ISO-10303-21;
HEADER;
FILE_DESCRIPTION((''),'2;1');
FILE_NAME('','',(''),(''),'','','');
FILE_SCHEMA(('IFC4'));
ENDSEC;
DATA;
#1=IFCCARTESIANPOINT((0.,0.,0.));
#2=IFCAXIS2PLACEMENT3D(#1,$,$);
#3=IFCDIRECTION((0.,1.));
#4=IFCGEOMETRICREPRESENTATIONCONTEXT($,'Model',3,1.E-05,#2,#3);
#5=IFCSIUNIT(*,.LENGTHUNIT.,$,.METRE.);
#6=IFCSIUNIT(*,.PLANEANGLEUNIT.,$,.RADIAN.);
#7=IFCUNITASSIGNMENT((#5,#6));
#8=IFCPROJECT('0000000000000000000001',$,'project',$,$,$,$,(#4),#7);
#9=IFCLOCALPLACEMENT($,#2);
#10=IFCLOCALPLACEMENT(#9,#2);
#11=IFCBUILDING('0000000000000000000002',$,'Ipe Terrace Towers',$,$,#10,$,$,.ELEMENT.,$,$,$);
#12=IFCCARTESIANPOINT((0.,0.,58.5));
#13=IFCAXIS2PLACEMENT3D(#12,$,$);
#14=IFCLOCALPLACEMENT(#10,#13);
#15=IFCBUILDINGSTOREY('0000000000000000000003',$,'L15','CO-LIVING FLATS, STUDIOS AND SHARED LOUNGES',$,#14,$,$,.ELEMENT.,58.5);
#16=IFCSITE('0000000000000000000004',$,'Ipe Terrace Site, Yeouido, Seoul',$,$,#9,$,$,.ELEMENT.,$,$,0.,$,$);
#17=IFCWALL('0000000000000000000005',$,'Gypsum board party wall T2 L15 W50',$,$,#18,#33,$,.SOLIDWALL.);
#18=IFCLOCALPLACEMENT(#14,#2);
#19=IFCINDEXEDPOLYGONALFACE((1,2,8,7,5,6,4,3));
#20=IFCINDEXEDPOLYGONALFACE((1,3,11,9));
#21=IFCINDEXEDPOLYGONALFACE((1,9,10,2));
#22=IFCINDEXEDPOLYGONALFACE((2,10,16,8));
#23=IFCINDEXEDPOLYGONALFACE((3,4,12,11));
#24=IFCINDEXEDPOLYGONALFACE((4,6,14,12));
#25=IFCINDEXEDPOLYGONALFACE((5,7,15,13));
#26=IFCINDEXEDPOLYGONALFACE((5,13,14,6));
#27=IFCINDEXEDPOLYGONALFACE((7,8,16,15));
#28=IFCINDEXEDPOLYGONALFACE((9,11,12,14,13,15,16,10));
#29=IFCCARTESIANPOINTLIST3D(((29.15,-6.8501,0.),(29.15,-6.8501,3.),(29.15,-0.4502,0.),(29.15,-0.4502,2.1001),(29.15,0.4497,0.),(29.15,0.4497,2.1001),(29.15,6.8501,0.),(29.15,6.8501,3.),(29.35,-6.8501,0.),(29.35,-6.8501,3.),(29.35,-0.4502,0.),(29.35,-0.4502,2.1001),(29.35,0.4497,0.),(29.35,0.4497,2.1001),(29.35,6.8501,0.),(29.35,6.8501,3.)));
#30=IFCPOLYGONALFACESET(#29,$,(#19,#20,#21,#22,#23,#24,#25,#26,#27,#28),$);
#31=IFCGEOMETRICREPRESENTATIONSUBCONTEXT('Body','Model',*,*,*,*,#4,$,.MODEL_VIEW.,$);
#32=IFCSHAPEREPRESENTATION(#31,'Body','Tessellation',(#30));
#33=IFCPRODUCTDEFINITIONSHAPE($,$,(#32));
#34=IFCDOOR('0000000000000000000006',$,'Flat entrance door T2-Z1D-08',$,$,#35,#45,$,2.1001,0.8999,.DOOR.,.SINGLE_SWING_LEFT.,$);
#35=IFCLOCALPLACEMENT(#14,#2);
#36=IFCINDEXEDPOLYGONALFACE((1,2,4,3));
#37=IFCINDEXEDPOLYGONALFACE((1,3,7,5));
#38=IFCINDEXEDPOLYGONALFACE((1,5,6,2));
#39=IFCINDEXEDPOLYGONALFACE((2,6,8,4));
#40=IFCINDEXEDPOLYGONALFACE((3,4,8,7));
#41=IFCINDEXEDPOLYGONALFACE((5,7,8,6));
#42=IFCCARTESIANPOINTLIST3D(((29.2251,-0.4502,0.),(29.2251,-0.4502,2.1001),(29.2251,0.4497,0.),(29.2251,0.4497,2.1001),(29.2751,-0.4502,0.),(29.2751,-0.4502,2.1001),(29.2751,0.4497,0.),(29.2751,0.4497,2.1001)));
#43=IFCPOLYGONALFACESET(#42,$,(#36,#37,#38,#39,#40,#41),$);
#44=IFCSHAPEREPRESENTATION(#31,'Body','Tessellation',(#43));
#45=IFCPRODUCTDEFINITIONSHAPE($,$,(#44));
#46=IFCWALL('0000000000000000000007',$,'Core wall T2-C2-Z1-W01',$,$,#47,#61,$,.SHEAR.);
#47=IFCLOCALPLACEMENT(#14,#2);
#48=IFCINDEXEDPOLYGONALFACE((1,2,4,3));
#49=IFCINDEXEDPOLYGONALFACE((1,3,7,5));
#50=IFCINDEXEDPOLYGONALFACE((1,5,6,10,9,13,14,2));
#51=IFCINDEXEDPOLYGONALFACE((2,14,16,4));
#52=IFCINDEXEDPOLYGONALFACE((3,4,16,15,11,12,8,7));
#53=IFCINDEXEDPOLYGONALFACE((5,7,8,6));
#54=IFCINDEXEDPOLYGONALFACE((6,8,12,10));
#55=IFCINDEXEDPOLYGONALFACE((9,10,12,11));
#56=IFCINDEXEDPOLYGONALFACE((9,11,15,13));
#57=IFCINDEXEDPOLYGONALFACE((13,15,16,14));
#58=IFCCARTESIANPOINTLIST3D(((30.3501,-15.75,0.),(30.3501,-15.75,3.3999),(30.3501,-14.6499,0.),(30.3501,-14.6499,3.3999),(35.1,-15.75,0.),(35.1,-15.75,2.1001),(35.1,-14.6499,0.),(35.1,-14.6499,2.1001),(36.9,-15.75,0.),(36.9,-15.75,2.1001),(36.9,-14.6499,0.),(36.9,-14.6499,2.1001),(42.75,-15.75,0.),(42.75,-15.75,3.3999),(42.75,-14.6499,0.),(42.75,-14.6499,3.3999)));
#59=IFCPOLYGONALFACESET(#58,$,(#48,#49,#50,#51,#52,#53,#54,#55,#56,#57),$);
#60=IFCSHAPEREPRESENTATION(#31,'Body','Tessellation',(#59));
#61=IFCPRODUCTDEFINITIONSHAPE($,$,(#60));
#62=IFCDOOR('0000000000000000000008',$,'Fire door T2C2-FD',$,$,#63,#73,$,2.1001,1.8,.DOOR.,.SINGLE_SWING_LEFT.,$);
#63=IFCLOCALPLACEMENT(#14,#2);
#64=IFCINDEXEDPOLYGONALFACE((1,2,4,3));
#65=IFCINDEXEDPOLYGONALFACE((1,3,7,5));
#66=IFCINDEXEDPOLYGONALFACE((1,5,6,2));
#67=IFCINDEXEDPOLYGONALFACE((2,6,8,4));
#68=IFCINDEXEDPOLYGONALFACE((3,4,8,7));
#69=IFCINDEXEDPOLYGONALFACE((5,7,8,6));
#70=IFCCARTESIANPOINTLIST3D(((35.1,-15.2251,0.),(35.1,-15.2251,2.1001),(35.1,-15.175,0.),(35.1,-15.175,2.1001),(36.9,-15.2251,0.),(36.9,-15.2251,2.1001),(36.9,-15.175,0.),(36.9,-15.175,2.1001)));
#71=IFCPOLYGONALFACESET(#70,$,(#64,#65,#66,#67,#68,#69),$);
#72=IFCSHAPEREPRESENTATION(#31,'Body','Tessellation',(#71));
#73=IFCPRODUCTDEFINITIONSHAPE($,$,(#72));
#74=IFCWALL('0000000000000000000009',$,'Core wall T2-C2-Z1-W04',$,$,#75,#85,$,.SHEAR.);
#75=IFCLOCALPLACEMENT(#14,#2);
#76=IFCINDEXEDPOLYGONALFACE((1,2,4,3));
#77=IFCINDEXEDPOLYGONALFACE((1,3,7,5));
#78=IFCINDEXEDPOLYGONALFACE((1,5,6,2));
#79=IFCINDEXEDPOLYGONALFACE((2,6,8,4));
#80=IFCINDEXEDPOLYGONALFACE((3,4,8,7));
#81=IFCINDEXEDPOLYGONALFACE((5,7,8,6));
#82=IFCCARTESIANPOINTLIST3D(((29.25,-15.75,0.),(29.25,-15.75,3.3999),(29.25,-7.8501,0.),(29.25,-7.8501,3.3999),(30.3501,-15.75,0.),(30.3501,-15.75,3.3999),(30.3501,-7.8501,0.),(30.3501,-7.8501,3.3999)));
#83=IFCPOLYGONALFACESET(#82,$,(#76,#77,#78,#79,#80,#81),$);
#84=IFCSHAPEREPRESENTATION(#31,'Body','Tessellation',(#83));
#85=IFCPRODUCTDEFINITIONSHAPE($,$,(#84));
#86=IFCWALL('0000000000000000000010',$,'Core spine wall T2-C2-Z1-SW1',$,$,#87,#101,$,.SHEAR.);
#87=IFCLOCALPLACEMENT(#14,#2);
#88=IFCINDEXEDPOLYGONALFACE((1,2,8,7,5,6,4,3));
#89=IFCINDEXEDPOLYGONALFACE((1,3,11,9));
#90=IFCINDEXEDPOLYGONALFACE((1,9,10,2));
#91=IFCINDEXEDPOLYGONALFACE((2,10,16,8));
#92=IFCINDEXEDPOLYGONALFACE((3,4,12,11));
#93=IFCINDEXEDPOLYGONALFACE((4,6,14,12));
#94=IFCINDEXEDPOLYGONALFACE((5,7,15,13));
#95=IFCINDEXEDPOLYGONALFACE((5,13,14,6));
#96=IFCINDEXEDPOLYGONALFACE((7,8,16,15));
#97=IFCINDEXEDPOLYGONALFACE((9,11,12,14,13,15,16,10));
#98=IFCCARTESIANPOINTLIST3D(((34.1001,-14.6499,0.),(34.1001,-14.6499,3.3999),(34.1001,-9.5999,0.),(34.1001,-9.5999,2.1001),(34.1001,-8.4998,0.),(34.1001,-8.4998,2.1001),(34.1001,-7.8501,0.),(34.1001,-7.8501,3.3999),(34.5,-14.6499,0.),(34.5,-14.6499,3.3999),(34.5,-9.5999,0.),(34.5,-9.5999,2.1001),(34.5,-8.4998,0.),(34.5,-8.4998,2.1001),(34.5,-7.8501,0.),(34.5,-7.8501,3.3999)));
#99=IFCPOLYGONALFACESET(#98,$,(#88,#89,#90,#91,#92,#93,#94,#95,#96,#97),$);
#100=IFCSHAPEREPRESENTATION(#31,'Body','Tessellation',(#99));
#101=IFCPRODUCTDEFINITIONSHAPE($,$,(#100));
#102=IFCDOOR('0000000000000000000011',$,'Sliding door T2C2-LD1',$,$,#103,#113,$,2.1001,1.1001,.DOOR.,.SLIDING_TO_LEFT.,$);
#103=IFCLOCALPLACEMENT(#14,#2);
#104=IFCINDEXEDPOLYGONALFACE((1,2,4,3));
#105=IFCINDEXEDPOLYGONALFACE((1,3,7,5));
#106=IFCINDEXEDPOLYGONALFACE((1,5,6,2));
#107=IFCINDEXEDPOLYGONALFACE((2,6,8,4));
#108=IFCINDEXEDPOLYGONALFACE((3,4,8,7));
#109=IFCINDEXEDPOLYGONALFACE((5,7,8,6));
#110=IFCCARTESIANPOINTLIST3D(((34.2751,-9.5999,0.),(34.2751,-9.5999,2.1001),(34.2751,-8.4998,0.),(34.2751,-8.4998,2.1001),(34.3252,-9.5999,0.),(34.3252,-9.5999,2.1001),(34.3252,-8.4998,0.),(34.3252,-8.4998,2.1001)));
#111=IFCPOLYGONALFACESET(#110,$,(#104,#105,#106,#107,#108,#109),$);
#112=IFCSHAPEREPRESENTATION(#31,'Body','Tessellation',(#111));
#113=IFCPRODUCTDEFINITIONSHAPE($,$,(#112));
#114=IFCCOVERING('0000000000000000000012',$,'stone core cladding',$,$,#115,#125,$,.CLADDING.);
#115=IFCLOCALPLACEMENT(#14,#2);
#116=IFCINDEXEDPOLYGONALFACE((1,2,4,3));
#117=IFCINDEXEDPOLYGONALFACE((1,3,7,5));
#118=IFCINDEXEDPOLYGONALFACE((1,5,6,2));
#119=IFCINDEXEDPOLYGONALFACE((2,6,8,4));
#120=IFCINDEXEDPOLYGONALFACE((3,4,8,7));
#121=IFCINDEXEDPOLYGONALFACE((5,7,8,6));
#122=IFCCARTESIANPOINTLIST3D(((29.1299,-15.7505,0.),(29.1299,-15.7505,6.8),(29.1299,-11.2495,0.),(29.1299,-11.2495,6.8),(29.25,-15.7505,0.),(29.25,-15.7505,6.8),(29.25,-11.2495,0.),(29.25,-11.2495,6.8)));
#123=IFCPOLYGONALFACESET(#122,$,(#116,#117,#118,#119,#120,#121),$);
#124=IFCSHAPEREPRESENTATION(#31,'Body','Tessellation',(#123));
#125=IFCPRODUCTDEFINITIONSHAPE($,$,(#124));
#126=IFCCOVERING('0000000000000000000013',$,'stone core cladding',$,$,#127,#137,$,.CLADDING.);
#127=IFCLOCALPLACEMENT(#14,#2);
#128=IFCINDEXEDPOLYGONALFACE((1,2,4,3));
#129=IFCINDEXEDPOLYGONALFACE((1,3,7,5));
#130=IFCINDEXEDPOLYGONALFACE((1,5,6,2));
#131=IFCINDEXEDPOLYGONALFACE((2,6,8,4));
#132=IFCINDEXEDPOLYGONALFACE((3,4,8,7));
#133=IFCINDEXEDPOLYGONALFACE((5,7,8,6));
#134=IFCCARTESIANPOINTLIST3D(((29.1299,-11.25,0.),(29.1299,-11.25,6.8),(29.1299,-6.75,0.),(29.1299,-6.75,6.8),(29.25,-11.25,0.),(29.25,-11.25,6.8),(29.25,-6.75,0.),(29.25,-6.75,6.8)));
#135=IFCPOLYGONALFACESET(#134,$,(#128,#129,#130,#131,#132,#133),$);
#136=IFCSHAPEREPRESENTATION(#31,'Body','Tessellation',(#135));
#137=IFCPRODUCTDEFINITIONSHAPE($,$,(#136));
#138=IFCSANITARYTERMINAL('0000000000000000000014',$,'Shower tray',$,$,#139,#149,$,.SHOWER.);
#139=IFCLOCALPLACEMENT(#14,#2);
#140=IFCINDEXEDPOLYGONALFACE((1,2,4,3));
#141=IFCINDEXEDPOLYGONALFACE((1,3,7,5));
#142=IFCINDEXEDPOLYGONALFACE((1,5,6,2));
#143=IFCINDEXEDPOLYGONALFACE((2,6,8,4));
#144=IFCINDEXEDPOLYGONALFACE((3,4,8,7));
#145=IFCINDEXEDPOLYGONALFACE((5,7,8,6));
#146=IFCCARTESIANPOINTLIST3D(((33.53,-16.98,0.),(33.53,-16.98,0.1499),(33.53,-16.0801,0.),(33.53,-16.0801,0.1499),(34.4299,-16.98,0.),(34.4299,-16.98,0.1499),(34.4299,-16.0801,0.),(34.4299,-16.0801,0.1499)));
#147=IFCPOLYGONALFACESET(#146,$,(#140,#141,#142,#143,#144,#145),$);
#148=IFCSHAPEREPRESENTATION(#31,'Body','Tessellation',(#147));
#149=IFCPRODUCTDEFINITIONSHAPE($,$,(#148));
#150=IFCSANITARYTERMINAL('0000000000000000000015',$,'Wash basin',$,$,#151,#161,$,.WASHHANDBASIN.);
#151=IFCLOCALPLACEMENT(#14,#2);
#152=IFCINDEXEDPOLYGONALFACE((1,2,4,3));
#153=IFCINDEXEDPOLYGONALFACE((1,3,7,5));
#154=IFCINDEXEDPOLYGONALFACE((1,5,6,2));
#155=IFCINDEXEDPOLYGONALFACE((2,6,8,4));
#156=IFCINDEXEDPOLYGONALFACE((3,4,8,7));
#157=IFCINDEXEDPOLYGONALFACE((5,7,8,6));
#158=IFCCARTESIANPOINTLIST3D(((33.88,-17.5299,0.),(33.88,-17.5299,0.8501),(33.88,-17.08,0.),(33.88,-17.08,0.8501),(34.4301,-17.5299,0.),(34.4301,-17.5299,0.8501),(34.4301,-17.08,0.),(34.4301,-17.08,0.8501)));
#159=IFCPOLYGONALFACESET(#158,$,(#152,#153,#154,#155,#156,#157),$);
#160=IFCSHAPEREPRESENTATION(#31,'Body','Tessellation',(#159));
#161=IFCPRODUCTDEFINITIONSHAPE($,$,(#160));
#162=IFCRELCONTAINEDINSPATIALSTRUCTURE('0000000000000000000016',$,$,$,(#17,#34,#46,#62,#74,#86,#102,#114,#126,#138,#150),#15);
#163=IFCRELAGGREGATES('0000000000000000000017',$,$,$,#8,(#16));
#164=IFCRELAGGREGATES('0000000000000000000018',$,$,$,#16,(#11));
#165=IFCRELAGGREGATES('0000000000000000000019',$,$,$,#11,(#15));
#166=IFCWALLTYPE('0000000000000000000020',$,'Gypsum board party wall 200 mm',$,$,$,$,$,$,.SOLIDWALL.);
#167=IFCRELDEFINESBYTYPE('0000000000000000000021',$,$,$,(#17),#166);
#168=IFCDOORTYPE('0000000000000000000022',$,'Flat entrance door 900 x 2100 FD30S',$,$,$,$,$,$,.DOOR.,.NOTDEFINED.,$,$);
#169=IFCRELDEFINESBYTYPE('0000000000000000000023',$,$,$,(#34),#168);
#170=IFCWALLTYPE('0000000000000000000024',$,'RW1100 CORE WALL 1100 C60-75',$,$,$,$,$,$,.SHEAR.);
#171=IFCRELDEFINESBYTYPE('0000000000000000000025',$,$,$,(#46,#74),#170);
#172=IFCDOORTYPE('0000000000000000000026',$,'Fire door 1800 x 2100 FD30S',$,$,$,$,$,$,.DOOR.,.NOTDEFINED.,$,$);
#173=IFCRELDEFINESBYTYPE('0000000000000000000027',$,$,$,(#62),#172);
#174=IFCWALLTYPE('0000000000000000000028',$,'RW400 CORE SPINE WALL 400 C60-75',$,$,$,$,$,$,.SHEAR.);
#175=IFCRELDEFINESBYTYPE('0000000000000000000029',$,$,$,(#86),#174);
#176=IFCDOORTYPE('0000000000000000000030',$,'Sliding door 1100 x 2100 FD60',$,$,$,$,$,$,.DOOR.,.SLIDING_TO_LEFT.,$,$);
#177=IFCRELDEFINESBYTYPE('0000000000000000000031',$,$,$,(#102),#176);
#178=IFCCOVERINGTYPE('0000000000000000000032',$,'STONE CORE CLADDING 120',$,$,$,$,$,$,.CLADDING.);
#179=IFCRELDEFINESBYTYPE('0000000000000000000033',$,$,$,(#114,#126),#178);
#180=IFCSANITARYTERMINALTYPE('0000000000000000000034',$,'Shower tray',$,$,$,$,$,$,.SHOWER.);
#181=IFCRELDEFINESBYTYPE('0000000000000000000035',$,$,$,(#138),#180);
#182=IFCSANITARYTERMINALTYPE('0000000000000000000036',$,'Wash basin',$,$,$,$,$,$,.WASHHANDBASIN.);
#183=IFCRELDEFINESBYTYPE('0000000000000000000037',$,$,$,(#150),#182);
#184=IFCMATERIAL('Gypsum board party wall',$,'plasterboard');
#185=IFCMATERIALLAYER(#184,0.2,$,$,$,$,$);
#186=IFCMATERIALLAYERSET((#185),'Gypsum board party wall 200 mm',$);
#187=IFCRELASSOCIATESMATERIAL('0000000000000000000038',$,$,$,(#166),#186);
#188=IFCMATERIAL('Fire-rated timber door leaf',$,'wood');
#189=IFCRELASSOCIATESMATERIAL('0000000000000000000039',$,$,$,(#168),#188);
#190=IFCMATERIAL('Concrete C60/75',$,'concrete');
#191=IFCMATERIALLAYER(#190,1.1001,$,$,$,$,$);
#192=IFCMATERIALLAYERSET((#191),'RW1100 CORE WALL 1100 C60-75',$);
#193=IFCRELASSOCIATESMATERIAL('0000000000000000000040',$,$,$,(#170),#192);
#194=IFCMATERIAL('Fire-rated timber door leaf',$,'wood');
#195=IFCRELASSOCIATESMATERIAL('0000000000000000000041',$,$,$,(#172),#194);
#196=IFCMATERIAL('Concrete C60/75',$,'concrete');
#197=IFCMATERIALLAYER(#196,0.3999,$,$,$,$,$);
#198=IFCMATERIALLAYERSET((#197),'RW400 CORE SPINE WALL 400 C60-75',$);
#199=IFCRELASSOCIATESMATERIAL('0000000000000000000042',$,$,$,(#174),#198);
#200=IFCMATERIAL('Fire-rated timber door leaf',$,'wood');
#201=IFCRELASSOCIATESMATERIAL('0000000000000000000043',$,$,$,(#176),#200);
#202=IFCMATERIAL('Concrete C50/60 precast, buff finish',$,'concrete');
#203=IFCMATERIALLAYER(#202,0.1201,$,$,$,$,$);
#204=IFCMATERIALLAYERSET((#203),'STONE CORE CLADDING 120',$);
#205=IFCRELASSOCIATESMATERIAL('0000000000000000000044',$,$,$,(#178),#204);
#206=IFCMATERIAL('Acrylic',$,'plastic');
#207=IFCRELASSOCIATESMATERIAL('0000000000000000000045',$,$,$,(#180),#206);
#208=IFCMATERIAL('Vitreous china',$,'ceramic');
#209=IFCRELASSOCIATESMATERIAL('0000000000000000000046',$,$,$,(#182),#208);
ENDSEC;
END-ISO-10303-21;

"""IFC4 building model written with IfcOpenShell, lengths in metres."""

from ifc_helpers import new_model, si_unit, direction, frame, frame_2d, origin, origin_2d, place, context, subcontext, project, spatial, rectangle, extrude, material, layer, layer_set, type_object, element, fill, save


model = new_model("IFC4")

# Units and contexts
model_context = context("Model", 3, precision=1e-05, world=origin(), true_north=direction((0.0, 1.0)))
body_context = subcontext(model_context, "Body", "Model", "MODEL_VIEW")
ifc_project = project(units=[si_unit("LENGTHUNIT", "METRE"), si_unit("PLANEANGLEUNIT", "RADIAN")], contexts=[model_context])

# Site, building, storey
site_placement = place(None, origin())
site = spatial("IfcSite", under=ifc_project, at=site_placement, Name="Ipe Terrace Site, Yeouido, Seoul", CompositionType="ELEMENT", RefElevation=0.0)
building_placement = place(site_placement, origin())
building = spatial("IfcBuilding", under=site, at=building_placement, Name="Ipe Terrace Towers", CompositionType="ELEMENT")
storey_placement = place(building_placement, frame((0.0, 0.0, 58.5)))
storey = spatial("IfcBuildingStorey", under=building, at=storey_placement, Name="L15", Description="CO-LIVING FLATS, STUDIOS AND SHARED LOUNGES", CompositionType="ELEMENT", Elevation=58.5)

# Shared definitions
ifc_material_1 = material(Name="Gypsum board party wall", Category="plasterboard")
ifc_layer_1 = layer(ifc_material_1, 0.2)
ifc_layer_set_1 = layer_set([ifc_layer_1], Name="Gypsum board party wall 200 mm")
wall_type_1 = type_object("IfcWallType", Name="Gypsum board party wall 200 mm", PredefinedType="SOLIDWALL", material=ifc_layer_set_1)

# Walls, openings, doors
wall_1_placement = place(storey_placement, frame((29.25, -6.8501, 0.0), z_axis=(0.0, 0.0, 1.0), x_axis=(0.0, 1.0, 0.0)))
wall_1 = element("IfcWall", 1, at=wall_1_placement, inside=storey, type_object=wall_type_1, Name="Gypsum board party wall T2 L15 W50", PredefinedType="SOLIDWALL", context=body_context, shape_type="SweptSolid", body=[
    extrude(rectangle(XDim=13.7002, YDim=0.2, at=frame_2d((6.8501, 0.0))), origin(), (0.0, 0.0, 1.0), 3.0),
])
opening_1_placement = place(wall_1_placement, frame((6.3999, 0.0, 0.0)))
opening_1 = element("IfcOpeningElement", 2, at=opening_1_placement, cuts=wall_1, PredefinedType="OPENING", context=body_context, shape_type="SweptSolid", body=[
    extrude(rectangle(XDim=0.8999, YDim=2.1001, at=frame_2d((0.45, 1.05))), frame((0.0, 0.1099, 0.0), z_axis=(0.0, -1.0, 0.0), x_axis=(1.0, 0.0, 0.0)), (0.0, 0.0, 1.0), 0.22),
])
ifc_material_2 = material(Name="Fire-rated timber door leaf", Category="wood")
door_type_1 = type_object("IfcDoorType", Name="Flat entrance door 900 x 2100 FD30S", OperationType="NOTDEFINED", PredefinedType="DOOR", material=ifc_material_2)
door_1_placement = place(opening_1_placement, origin())
door_1 = element("IfcDoor", 3, at=door_1_placement, inside=storey, type_object=door_type_1, Name="Flat entrance door T2-Z1D-08", OperationType="SINGLE_SWING_LEFT", OverallHeight=2.1001, OverallWidth=0.8999, PredefinedType="DOOR", context=body_context, shape_type="SweptSolid", body=[
    extrude(rectangle(XDim=0.8999, YDim=2.1001, at=frame_2d((0.45, 1.05))), frame((0.0, 0.0249, 0.0), z_axis=(0.0, -1.0, 0.0), x_axis=(1.0, 0.0, 0.0)), (0.0, 0.0, 1.0), 0.05),
])
fill(opening_1, door_1)
ifc_material_3 = material(Name="Concrete C60/75", Category="concrete")
ifc_layer_2 = layer(ifc_material_3, 1.1001)
ifc_layer_set_2 = layer_set([ifc_layer_2], Name="RW1100 CORE WALL 1100 C60-75")
wall_type_2 = type_object("IfcWallType", Name="RW1100 CORE WALL 1100 C60-75", PredefinedType="SHEAR", material=ifc_layer_set_2)
wall_2_placement = place(storey_placement, frame((30.3501, -15.2, 0.0), z_axis=(0.0, 0.0, 1.0), x_axis=(1.0, 0.0, 0.0)))
wall_2 = element("IfcWall", 4, at=wall_2_placement, inside=storey, type_object=wall_type_2, Name="Core wall T2-C2-Z1-W01", PredefinedType="SHEAR", context=body_context, shape_type="SweptSolid", body=[
    extrude(rectangle(XDim=12.3999, YDim=1.1001, at=frame_2d((6.2, 0.0))), origin(), (0.0, 0.0, 1.0), 3.3999),
])
opening_2_placement = place(wall_2_placement, frame((4.75, 0.0, 0.0)))
opening_2 = element("IfcOpeningElement", 5, at=opening_2_placement, cuts=wall_2, PredefinedType="OPENING", context=body_context, shape_type="SweptSolid", body=[
    extrude(rectangle(XDim=1.8, YDim=2.1001, at=frame_2d((0.8999, 1.05))), frame((0.0, 0.5601, 0.0), z_axis=(0.0, -1.0, 0.0), x_axis=(1.0, 0.0, 0.0)), (0.0, 0.0, 1.0), 1.1201),
])
ifc_material_4 = material(Name="Fire-rated timber door leaf", Category="wood")
door_type_2 = type_object("IfcDoorType", Name="Fire door 1800 x 2100 FD30S", OperationType="NOTDEFINED", PredefinedType="DOOR", material=ifc_material_4)
door_2_placement = place(opening_2_placement, origin())
door_2 = element("IfcDoor", 6, at=door_2_placement, inside=storey, type_object=door_type_2, Name="Fire door T2C2-FD", OperationType="SINGLE_SWING_LEFT", OverallHeight=2.1001, OverallWidth=1.8, PredefinedType="DOOR", context=body_context, shape_type="SweptSolid", body=[
    extrude(rectangle(XDim=1.8, YDim=2.1001, at=frame_2d((0.8999, 1.05))), frame((0.0, 0.0249, 0.0), z_axis=(0.0, -1.0, 0.0), x_axis=(1.0, 0.0, 0.0)), (0.0, 0.0, 1.0), 0.05),
])
fill(opening_2, door_2)

# Wall
wall_3_placement = place(storey_placement, frame((29.8, -7.8501, 0.0), z_axis=(0.0, 0.0, 1.0), x_axis=(0.0, -1.0, 0.0)))
element("IfcWall", 7, at=wall_3_placement, inside=storey, type_object=wall_type_2, Name="Core wall T2-C2-Z1-W04", PredefinedType="SHEAR", context=body_context, shape_type="SweptSolid", body=[
    extrude(rectangle(XDim=7.8999, YDim=1.1001, at=frame_2d((3.95, 0.0))), origin(), (0.0, 0.0, 1.0), 3.3999),
])

# Wall, opening, door
ifc_material_5 = material(Name="Concrete C60/75", Category="concrete")
ifc_layer_3 = layer(ifc_material_5, 0.3999)
ifc_layer_set_3 = layer_set([ifc_layer_3], Name="RW400 CORE SPINE WALL 400 C60-75")
wall_type_3 = type_object("IfcWallType", Name="RW400 CORE SPINE WALL 400 C60-75", PredefinedType="SHEAR", material=ifc_layer_set_3)
wall_4_placement = place(storey_placement, frame((34.3, -14.6499, 0.0), z_axis=(0.0, 0.0, 1.0), x_axis=(0.0, 1.0, 0.0)))
wall_4 = element("IfcWall", 8, at=wall_4_placement, inside=storey, type_object=wall_type_3, Name="Core spine wall T2-C2-Z1-SW1", PredefinedType="SHEAR", context=body_context, shape_type="SweptSolid", body=[
    extrude(rectangle(XDim=6.7998, YDim=0.3999, at=frame_2d((3.3999, 0.0))), origin(), (0.0, 0.0, 1.0), 3.3999),
])
opening_3_placement = place(wall_4_placement, frame((5.05, 0.0, 0.0)))
opening_3 = element("IfcOpeningElement", 9, at=opening_3_placement, cuts=wall_4, PredefinedType="OPENING", context=body_context, shape_type="SweptSolid", body=[
    extrude(rectangle(XDim=1.1001, YDim=2.1001, at=frame_2d((0.55, 1.05))), frame((0.0, 0.21, 0.0), z_axis=(0.0, -1.0, 0.0), x_axis=(1.0, 0.0, 0.0)), (0.0, 0.0, 1.0), 0.4199),
])
ifc_material_6 = material(Name="Fire-rated timber door leaf", Category="wood")
door_type_3 = type_object("IfcDoorType", Name="Sliding door 1100 x 2100 FD60", OperationType="SLIDING_TO_LEFT", PredefinedType="DOOR", material=ifc_material_6)
door_3_placement = place(opening_3_placement, origin())
door_3 = element("IfcDoor", 10, at=door_3_placement, inside=storey, type_object=door_type_3, Name="Sliding door T2C2-LD1", OperationType="SLIDING_TO_LEFT", OverallHeight=2.1001, OverallWidth=1.1001, PredefinedType="DOOR", context=body_context, shape_type="SweptSolid", body=[
    extrude(rectangle(XDim=1.1001, YDim=2.1001, at=frame_2d((0.55, 1.05))), frame((0.0, 0.0249, 0.0), z_axis=(0.0, -1.0, 0.0), x_axis=(1.0, 0.0, 0.0)), (0.0, 0.0, 1.0), 0.05),
])
fill(opening_3, door_3)

# Coverings
ifc_material_7 = material(Name="Concrete C50/60 precast, buff finish", Category="concrete")
ifc_layer_4 = layer(ifc_material_7, 0.1201)
ifc_layer_set_4 = layer_set([ifc_layer_4], Name="STONE CORE CLADDING 120")
covering_type = type_object("IfcCoveringType", Name="STONE CORE CLADDING 120", PredefinedType="CLADDING", material=ifc_layer_set_4)
covering_1_placement = place(storey_placement, frame((29.1899, -13.5, 0.0), z_axis=(0.0, 0.0, 1.0), x_axis=(0.0, -1.0, 0.0)))
element("IfcCovering", 11, at=covering_1_placement, inside=storey, type_object=covering_type, Name="stone core cladding", PredefinedType="CLADDING", context=body_context, shape_type="SweptSolid", body=[
    extrude(rectangle(XDim=4.501, YDim=0.1201, at=origin_2d()), origin(), (0.0, 0.0, 1.0), 6.8),
])
covering_2_placement = place(storey_placement, frame((29.1899, -9.0, 0.0), z_axis=(0.0, 0.0, 1.0), x_axis=(0.0, -1.0, 0.0)))
element("IfcCovering", 12, at=covering_2_placement, inside=storey, type_object=covering_type, Name="stone core cladding", PredefinedType="CLADDING", context=body_context, shape_type="SweptSolid", body=[
    extrude(rectangle(XDim=4.5, YDim=0.1201, at=origin_2d()), origin(), (0.0, 0.0, 1.0), 6.8),
])

# Sanitary terminals
ifc_material_8 = material(Name="Acrylic", Category="plastic")
sanitary_terminal_type_1 = type_object("IfcSanitaryTerminalType", Name="Shower tray", PredefinedType="SHOWER", material=ifc_material_8)
sanitary_terminal_1_placement = place(storey_placement, frame((33.98, -16.53, 0.0), z_axis=(0.0, 0.0, 1.0), x_axis=(-1.0, 0.0, 0.0)))
element("IfcSanitaryTerminal", 13, at=sanitary_terminal_1_placement, inside=storey, type_object=sanitary_terminal_type_1, Name="Shower tray", PredefinedType="SHOWER", context=body_context, shape_type="SweptSolid", body=[
    extrude(rectangle(XDim=0.8999, YDim=0.8999, at=origin_2d()), origin(), (0.0, 0.0, 1.0), 0.1499),
])
ifc_material_9 = material(Name="Vitreous china", Category="ceramic")
sanitary_terminal_type_2 = type_object("IfcSanitaryTerminalType", Name="Wash basin", PredefinedType="WASHHANDBASIN", material=ifc_material_9)
sanitary_terminal_2_placement = place(storey_placement, frame((34.155, -17.3049, 0.0), z_axis=(0.0, 0.0, 1.0), x_axis=(-1.0, 0.0, 0.0)))
element("IfcSanitaryTerminal", 14, at=sanitary_terminal_2_placement, inside=storey, type_object=sanitary_terminal_type_2, Name="Wash basin", PredefinedType="WASHHANDBASIN", context=body_context, shape_type="SweptSolid", body=[
    extrude(rectangle(XDim=0.55, YDim=0.45, at=origin_2d()), origin(), (0.0, 0.0, 1.0), 0.8501),
])

save(model, "model.ifc")
